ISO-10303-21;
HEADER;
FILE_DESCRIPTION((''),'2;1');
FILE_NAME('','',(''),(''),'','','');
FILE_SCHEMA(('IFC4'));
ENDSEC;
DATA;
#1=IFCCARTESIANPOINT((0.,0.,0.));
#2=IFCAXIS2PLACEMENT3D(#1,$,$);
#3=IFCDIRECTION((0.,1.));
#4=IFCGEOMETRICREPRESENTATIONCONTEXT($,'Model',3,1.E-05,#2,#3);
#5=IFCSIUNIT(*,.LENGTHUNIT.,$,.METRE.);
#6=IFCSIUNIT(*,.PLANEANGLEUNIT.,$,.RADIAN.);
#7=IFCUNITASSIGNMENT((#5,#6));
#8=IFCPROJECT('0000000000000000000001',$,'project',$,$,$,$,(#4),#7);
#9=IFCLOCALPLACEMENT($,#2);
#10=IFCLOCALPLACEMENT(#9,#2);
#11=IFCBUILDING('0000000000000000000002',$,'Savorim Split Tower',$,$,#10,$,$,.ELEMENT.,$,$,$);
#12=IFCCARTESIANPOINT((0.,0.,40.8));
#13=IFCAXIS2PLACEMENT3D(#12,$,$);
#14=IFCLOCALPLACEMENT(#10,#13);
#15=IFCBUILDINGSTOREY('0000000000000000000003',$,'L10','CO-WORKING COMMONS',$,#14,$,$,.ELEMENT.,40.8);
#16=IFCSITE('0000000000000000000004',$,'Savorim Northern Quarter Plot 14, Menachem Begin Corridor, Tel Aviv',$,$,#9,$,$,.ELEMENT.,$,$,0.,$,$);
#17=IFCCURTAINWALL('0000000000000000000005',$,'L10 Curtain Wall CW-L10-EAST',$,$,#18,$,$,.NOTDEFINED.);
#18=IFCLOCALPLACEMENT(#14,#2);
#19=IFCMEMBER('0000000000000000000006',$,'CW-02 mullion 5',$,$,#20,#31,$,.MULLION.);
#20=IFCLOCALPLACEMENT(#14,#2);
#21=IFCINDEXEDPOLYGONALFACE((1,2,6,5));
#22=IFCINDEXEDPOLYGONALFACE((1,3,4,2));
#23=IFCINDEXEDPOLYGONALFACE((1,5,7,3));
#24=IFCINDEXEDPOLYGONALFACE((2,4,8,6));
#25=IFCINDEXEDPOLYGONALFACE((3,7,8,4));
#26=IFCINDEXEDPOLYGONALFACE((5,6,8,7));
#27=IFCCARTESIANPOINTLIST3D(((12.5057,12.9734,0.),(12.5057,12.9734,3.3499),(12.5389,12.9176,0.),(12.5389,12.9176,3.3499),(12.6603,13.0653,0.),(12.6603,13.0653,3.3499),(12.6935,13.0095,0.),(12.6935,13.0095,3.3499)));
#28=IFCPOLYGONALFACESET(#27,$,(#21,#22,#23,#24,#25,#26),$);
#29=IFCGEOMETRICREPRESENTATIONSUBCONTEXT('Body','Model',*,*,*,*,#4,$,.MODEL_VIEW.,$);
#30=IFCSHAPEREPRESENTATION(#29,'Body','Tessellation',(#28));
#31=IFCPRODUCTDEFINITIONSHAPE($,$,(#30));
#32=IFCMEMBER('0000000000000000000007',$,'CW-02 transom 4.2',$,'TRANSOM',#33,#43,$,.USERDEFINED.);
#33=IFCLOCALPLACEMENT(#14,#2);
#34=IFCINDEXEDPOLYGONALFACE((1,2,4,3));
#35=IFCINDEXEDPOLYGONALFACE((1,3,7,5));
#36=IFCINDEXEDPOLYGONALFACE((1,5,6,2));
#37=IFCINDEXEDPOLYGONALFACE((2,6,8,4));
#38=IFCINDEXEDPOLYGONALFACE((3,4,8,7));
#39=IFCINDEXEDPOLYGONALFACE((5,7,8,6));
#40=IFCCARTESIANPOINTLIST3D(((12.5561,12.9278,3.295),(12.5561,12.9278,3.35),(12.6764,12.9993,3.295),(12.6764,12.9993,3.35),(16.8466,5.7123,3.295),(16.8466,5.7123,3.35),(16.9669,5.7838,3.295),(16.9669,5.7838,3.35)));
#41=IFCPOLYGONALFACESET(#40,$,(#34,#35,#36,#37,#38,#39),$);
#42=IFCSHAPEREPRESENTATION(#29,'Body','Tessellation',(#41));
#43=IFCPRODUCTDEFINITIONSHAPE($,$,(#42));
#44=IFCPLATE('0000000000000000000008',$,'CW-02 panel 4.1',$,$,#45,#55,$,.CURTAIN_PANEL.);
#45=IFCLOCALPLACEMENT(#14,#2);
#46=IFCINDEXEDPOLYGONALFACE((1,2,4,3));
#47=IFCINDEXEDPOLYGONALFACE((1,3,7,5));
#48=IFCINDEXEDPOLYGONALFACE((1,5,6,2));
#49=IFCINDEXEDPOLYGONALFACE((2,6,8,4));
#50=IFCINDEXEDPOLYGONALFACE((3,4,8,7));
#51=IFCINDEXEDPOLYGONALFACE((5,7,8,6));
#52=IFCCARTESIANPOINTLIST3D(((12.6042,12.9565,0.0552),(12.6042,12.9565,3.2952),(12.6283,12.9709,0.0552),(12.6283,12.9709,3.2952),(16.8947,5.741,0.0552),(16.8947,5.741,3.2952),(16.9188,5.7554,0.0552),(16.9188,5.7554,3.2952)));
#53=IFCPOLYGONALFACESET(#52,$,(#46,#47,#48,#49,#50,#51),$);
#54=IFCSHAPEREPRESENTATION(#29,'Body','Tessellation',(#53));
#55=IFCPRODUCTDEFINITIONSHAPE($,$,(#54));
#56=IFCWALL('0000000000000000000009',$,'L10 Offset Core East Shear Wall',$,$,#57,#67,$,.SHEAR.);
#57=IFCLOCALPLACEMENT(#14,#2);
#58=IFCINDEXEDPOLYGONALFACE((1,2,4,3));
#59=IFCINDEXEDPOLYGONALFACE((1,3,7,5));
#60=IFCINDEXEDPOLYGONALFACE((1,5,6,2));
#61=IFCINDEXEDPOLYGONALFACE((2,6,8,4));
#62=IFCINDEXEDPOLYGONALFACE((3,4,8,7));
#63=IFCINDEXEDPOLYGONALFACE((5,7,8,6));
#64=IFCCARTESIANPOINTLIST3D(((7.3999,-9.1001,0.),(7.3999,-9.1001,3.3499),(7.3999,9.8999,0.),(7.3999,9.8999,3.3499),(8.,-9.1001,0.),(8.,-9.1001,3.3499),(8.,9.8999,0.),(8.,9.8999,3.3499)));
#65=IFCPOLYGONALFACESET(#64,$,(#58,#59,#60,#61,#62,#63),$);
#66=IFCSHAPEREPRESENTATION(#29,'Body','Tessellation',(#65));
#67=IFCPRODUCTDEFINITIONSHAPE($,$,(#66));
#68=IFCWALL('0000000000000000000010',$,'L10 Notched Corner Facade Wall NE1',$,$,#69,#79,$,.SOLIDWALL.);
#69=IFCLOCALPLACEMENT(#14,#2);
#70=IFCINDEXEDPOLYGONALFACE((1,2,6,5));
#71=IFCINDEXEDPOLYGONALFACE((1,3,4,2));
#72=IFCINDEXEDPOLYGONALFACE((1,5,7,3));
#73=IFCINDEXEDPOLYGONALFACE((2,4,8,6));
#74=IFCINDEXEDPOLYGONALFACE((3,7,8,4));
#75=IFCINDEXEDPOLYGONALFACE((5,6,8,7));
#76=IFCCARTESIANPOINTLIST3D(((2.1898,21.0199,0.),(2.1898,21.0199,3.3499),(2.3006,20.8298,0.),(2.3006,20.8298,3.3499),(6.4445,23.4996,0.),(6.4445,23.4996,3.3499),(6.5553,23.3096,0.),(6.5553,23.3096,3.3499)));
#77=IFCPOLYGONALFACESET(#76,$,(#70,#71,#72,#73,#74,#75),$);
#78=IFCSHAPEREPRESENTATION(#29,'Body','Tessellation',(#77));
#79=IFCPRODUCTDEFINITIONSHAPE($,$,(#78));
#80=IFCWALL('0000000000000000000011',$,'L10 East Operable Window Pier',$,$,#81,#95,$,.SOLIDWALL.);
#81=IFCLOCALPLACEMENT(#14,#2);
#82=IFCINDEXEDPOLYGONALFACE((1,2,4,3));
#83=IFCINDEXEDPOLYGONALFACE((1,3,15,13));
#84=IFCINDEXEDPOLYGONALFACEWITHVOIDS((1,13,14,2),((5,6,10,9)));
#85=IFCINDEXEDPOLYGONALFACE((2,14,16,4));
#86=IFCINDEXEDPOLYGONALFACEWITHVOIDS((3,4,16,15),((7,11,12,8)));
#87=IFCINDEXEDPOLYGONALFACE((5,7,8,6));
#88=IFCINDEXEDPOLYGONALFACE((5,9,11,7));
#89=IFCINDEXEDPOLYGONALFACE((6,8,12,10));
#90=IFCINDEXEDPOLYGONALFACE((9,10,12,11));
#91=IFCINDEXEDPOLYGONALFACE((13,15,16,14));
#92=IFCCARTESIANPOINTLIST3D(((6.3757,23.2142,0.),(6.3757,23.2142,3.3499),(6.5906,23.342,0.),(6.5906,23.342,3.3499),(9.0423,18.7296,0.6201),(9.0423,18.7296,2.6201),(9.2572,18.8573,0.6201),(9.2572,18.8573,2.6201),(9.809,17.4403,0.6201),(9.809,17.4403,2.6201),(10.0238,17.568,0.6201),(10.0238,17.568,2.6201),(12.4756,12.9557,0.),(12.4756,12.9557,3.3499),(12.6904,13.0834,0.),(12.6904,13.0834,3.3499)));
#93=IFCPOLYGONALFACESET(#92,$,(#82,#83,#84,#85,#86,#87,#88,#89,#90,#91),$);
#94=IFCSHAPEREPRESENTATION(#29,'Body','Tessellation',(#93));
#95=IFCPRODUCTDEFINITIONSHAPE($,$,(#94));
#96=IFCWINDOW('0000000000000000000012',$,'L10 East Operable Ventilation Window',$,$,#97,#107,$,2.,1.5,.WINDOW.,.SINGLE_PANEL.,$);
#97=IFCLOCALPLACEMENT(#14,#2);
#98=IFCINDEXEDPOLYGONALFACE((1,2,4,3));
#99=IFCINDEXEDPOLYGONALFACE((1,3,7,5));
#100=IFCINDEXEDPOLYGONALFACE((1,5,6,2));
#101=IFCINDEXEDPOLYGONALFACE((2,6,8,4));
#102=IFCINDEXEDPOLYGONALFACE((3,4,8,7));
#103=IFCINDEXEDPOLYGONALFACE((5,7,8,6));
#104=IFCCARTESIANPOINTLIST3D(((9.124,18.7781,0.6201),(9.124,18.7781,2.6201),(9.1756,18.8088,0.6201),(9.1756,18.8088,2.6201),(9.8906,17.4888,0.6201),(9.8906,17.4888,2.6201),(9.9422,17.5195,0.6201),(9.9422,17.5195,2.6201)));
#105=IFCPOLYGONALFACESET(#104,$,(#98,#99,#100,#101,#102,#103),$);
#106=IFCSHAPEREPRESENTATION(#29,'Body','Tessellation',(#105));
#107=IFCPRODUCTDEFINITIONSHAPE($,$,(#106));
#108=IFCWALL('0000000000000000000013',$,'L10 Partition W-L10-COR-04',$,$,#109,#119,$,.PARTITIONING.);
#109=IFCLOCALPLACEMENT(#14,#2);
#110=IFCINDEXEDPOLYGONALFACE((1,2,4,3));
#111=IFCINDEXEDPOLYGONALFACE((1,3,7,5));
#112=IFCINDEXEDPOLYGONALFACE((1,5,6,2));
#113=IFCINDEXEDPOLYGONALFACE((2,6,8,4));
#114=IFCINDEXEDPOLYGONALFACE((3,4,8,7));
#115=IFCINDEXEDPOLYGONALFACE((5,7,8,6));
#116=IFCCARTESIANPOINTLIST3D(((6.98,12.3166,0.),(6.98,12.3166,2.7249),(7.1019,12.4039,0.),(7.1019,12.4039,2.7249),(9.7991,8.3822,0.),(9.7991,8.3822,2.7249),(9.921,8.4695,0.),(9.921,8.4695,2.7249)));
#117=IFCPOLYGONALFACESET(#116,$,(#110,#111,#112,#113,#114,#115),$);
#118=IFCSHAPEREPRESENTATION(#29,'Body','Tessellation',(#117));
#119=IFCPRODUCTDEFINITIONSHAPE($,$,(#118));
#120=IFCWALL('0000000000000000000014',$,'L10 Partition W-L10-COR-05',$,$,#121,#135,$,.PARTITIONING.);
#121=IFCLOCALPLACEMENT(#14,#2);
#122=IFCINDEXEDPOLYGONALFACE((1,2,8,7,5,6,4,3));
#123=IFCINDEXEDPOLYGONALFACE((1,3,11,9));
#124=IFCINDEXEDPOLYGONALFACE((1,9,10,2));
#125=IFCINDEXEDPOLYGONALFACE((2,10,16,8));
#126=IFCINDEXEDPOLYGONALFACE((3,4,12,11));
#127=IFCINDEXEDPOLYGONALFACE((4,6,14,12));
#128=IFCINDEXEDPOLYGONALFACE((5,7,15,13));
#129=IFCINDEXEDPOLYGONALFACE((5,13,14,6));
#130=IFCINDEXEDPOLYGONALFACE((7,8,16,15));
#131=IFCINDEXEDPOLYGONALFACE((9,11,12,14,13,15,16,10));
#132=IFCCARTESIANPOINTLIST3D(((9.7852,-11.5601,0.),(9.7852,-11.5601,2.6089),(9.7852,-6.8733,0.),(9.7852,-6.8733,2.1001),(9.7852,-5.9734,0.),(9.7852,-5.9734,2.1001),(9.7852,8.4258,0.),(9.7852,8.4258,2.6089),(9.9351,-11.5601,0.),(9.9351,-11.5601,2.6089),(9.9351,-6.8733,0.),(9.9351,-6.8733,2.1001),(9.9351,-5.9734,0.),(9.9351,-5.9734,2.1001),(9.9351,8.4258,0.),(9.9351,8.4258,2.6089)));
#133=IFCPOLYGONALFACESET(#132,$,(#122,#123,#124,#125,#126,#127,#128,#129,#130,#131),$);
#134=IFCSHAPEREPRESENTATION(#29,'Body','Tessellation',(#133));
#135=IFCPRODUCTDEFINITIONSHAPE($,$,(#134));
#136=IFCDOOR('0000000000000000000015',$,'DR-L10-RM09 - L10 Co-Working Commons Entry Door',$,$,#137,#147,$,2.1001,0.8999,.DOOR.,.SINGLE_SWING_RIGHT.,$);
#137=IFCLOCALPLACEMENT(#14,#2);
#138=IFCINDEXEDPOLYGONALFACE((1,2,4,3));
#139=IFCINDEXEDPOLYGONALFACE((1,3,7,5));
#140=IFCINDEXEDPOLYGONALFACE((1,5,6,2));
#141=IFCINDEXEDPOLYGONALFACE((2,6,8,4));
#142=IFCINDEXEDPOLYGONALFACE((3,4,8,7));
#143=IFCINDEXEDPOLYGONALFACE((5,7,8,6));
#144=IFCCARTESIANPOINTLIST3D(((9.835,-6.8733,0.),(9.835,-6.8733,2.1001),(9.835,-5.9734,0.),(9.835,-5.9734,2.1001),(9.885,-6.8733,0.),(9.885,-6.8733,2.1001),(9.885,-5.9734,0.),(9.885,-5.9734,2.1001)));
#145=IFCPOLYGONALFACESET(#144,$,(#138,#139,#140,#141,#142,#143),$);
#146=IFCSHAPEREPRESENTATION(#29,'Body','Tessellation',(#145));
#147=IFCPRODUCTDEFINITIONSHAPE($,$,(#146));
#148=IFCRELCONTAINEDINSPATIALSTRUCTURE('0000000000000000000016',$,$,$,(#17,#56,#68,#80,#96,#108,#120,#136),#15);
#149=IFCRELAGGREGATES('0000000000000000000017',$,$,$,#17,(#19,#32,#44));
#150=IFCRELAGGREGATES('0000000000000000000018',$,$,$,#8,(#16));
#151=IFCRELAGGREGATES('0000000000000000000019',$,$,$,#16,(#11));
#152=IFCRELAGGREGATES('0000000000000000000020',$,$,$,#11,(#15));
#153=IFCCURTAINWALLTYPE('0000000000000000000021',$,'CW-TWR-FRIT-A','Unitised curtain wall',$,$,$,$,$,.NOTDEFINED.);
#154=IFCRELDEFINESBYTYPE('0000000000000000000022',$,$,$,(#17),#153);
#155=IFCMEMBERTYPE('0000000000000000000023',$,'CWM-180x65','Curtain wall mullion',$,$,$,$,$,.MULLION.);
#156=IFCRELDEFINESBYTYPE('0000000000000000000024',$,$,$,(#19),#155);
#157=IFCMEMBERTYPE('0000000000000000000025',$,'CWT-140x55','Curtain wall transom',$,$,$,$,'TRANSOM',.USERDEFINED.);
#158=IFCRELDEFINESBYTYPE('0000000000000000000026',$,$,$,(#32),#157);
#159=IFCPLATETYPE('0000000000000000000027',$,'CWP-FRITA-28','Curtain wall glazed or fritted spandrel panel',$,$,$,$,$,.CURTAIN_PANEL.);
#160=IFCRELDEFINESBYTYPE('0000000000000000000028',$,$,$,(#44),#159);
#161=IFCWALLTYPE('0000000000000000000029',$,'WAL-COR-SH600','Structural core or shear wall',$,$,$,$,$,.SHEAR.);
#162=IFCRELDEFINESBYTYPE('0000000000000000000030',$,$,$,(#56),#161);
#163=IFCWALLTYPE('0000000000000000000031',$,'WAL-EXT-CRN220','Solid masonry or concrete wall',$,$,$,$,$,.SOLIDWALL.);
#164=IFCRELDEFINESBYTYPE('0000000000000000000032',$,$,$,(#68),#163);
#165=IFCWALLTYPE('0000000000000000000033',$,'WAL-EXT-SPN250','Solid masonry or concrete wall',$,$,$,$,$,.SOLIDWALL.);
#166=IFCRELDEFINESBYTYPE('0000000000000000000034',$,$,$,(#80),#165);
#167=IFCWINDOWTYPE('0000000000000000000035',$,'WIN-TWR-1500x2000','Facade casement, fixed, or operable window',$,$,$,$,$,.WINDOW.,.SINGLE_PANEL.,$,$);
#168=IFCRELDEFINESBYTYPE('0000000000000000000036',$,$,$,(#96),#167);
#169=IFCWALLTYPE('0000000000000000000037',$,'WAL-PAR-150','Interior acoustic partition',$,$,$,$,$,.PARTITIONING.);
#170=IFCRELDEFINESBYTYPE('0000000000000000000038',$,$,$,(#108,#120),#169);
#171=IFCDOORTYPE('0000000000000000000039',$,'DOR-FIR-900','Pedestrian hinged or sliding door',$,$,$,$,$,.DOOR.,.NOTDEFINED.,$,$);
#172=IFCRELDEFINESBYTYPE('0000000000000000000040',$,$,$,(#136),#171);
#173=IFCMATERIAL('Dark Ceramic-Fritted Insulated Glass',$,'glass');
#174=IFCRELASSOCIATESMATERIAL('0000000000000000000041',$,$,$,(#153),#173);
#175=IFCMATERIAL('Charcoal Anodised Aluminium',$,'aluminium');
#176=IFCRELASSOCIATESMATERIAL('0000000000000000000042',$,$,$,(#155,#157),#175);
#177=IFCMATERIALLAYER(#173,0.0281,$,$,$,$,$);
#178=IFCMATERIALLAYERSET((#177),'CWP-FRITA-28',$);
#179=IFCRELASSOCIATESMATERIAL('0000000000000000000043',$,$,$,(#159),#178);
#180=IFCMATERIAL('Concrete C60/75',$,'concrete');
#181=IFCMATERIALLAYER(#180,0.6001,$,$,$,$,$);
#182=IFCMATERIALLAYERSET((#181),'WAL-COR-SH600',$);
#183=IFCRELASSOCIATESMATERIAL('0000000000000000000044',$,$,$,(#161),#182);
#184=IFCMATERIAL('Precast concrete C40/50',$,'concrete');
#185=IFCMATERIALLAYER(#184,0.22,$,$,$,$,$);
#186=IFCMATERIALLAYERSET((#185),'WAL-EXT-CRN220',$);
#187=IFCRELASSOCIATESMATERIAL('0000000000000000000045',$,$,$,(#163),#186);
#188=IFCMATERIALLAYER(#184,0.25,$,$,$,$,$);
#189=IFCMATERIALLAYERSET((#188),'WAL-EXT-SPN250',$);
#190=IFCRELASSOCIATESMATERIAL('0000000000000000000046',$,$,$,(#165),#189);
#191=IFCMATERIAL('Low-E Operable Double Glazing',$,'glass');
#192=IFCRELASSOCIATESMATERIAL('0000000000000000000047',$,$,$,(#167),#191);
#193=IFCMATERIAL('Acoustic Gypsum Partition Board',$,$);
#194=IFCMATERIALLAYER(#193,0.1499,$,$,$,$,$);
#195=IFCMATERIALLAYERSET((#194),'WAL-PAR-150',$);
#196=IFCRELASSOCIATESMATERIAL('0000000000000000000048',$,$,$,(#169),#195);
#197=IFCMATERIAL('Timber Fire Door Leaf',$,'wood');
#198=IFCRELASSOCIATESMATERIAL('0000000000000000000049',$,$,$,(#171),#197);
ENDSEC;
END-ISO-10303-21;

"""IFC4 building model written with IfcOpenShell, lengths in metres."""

from ifc_helpers import new_model, si_unit, direction, frame, frame_2d, origin, origin_2d, place, context, subcontext, project, spatial, rectangle, extrude, material, layer, layer_set, material_profile, profile_set, type_object, element, fill, aggregate, save


model = new_model("IFC4")

# Units and contexts
model_context = context("Model", 3, precision=1e-05, world=origin(), true_north=direction((0.0, 1.0)))
body_context = subcontext(model_context, "Body", "Model", "MODEL_VIEW")
ifc_project = project(units=[si_unit("LENGTHUNIT", "METRE"), si_unit("PLANEANGLEUNIT", "RADIAN")], contexts=[model_context])

# Site, building, storey
site_placement = place(None, origin())
site = spatial("IfcSite", under=ifc_project, at=site_placement, Name="Savorim Northern Quarter Plot 14, Menachem Begin Corridor, Tel Aviv", CompositionType="ELEMENT", RefElevation=0.0)
building_placement = place(site_placement, origin())
building = spatial("IfcBuilding", under=site, at=building_placement, Name="Savorim Split Tower", CompositionType="ELEMENT")
storey_placement = place(building_placement, frame((0.0, 0.0, 40.8)))
storey = spatial("IfcBuildingStorey", under=building, at=storey_placement, Name="L10", Description="CO-WORKING COMMONS", CompositionType="ELEMENT", Elevation=40.8)

# Curtain wall, members, plate
ifc_material_1 = material(Name="Dark Ceramic-Fritted Insulated Glass", Category="glass")
curtain_wall_type = type_object("IfcCurtainWallType", Name="CW-TWR-FRIT-A", Description="Unitised curtain wall", PredefinedType="NOTDEFINED", material=ifc_material_1)
curtain_wall_placement = place(storey_placement, origin())
curtain_wall = element("IfcCurtainWall", 1, at=curtain_wall_placement, inside=storey, type_object=curtain_wall_type, Name="L10 Curtain Wall CW-L10-EAST", PredefinedType="NOTDEFINED")
ifc_material_2 = material(Name="Charcoal Anodised Aluminium", Category="aluminium")
ifc_material_profile_1 = material_profile(ifc_material_2, rectangle(XDim=0.1799, YDim=0.0649, at=origin_2d()), Name="ALU-M 180x65")
ifc_profile_set_1 = profile_set([ifc_material_profile_1], Name="Charcoal Anodised Aluminium")
member_type_1 = type_object("IfcMemberType", Name="CWM-180x65", Description="Curtain wall mullion", PredefinedType="MULLION", material=ifc_profile_set_1)
member_1_placement = place(storey_placement, frame((12.5996, 12.9915, 0.0), z_axis=(0.0, 0.0, 1.0), x_axis=(-0.859526, -0.511092, 0.0)))
member_1 = element("IfcMember", 2, at=member_1_placement, type_object=member_type_1, Name="CW-02 mullion 5", PredefinedType="MULLION", context=body_context, shape_type="SweptSolid", body=[
    extrude(rectangle(XDim=0.1799, YDim=0.0649, at=origin_2d()), origin(), (0.0, 0.0, 1.0), 3.3499),
])
ifc_material_profile_2 = material_profile(ifc_material_2, rectangle(XDim=0.1399, YDim=0.0549, at=origin_2d()), Name="ALU-T 140x55")
ifc_profile_set_2 = profile_set([ifc_material_profile_2], Name="Charcoal Anodised Aluminium")
member_type_2 = type_object("IfcMemberType", Name="CWT-140x55", Description="Curtain wall transom", ElementType="TRANSOM", PredefinedType="USERDEFINED", material=ifc_profile_set_2)
member_2_placement = place(storey_placement, frame((16.9067, 5.748, 3.3225), z_axis=(-0.511092, 0.859526, 0.0), x_axis=(-0.859526, -0.511092, 0.0)))
member_2 = element("IfcMember", 3, at=member_2_placement, type_object=member_type_2, Name="CW-02 transom 4.2", ObjectType="TRANSOM", PredefinedType="USERDEFINED", context=body_context, shape_type="SweptSolid", body=[
    extrude(rectangle(XDim=0.1399, YDim=0.0549, at=origin_2d()), origin(), (0.0, 0.0, 1.0), 8.3948),
])
ifc_layer_1 = layer(ifc_material_1, 0.0281)
ifc_layer_set_1 = layer_set([ifc_layer_1], Name="CWP-FRITA-28")
plate_type = type_object("IfcPlateType", Name="CWP-FRITA-28", Description="Curtain wall glazed or fritted spandrel panel", PredefinedType="CURTAIN_PANEL", material=ifc_layer_set_1)
plate_placement = place(storey_placement, frame((14.7615, 9.356, 0.0552), z_axis=(0.0, 0.0, 1.0), x_axis=(-0.511092, 0.859526, 0.0)))
plate = element("IfcPlate", 4, at=plate_placement, type_object=plate_type, Name="CW-02 panel 4.1", PredefinedType="CURTAIN_PANEL", context=body_context, shape_type="SweptSolid", body=[
    extrude(rectangle(XDim=8.3948, YDim=0.0281, at=origin_2d()), origin(), (0.0, 0.0, 1.0), 3.24),
])
aggregate(curtain_wall, [member_1, member_2, plate])

# Shared definitions
ifc_material_3 = material(Name="Concrete C60/75", Category="concrete")
ifc_layer_2 = layer(ifc_material_3, 0.6001)
ifc_layer_set_2 = layer_set([ifc_layer_2], Name="WAL-COR-SH600")
wall_type_1 = type_object("IfcWallType", Name="WAL-COR-SH600", Description="Structural core or shear wall", PredefinedType="SHEAR", material=ifc_layer_set_2)
ifc_material_4 = material(Name="Timber Fire Door Leaf", Category="wood")

# Walls
wall_1_placement = place(storey_placement, frame((7.7, 9.8999, 0.0), z_axis=(0.0, 0.0, 1.0), x_axis=(0.0, -1.0, 0.0)))
element("IfcWall", 5, at=wall_1_placement, inside=storey, type_object=wall_type_1, Name="L10 Offset Core East Shear Wall", PredefinedType="SHEAR", context=body_context, shape_type="SweptSolid", body=[
    extrude(rectangle(XDim=19.0, YDim=0.6001, at=frame_2d((9.5, 0.0))), origin(), (0.0, 0.0, 1.0), 3.3499),
])
ifc_material_5 = material(Name="Precast concrete C40/50", Category="concrete")
ifc_layer_3 = layer(ifc_material_5, 0.22)
ifc_layer_set_3 = layer_set([ifc_layer_3], Name="WAL-EXT-CRN220")
wall_type_2 = type_object("IfcWallType", Name="WAL-EXT-CRN220", Description="Solid masonry or concrete wall", PredefinedType="SOLIDWALL", material=ifc_layer_set_3)
wall_2_placement = place(storey_placement, frame((2.2451, 20.9248, 0.0), z_axis=(0.0, 0.0, 1.0), x_axis=(0.863968, 0.503547, 0.0)))
element("IfcWall", 6, at=wall_2_placement, inside=storey, type_object=wall_type_2, Name="L10 Notched Corner Facade Wall NE1", PredefinedType="SOLIDWALL", context=body_context, shape_type="SweptSolid", body=[
    extrude(rectangle(XDim=4.9246, YDim=0.22, at=frame_2d((2.4624, 0.0))), origin(), (0.0, 0.0, 1.0), 3.3499),
])

# Wall, opening, window
ifc_layer_4 = layer(ifc_material_5, 0.25)
ifc_layer_set_4 = layer_set([ifc_layer_4], Name="WAL-EXT-SPN250")
wall_type_3 = type_object("IfcWallType", Name="WAL-EXT-SPN250", Description="Solid masonry or concrete wall", PredefinedType="SOLIDWALL", material=ifc_layer_set_4)
wall_3_placement = place(storey_placement, frame((6.4832, 23.2781, 0.0), z_axis=(0.0, 0.0, 1.0), x_axis=(0.511086, -0.859529, 0.0)))
wall_3 = element("IfcWall", 7, at=wall_3_placement, inside=storey, type_object=wall_type_3, Name="L10 East Operable Window Pier", PredefinedType="SOLIDWALL", context=body_context, shape_type="SweptSolid", body=[
    extrude(rectangle(XDim=11.9351, YDim=0.25, at=frame_2d((5.9675, 0.0))), origin(), (0.0, 0.0, 1.0), 3.3499),
])
opening_1_placement = place(wall_3_placement, frame((5.2175, 0.0, 0.6201)))
opening_1 = element("IfcOpeningElement", 8, at=opening_1_placement, cuts=wall_3, PredefinedType="OPENING", context=body_context, shape_type="SweptSolid", body=[
    extrude(rectangle(XDim=1.5, YDim=2.0, at=frame_2d((0.75, 1.0))), frame((0.0, 0.135, 0.0), z_axis=(0.0, -1.0, 0.0), x_axis=(1.0, 0.0, 0.0)), (0.0, 0.0, 1.0), 0.27),
])
ifc_material_6 = material(Name="Low-E Operable Double Glazing", Category="glass")
window_type = type_object("IfcWindowType", Name="WIN-TWR-1500x2000", Description="Facade casement, fixed, or operable window", PartitioningType="SINGLE_PANEL", PredefinedType="WINDOW", material=ifc_material_6)
window_placement = place(opening_1_placement, origin())
window = element("IfcWindow", 9, at=window_placement, inside=storey, type_object=window_type, Name="L10 East Operable Ventilation Window", OverallHeight=2.0, OverallWidth=1.5, PartitioningType="SINGLE_PANEL", PredefinedType="WINDOW", context=body_context, shape_type="SweptSolid", body=[
    extrude(rectangle(XDim=1.5, YDim=2.0, at=frame_2d((0.75, 1.0))), frame((0.0, 0.03, 0.0), z_axis=(0.0, -1.0, 0.0), x_axis=(1.0, 0.0, 0.0)), (0.0, 0.0, 1.0), 0.0601),
])
fill(opening_1, window)

# Wall
ifc_material_7 = material(Name="Acoustic Gypsum Partition Board")
ifc_layer_5 = layer(ifc_material_7, 0.1499)
ifc_layer_set_5 = layer_set([ifc_layer_5], Name="WAL-PAR-150")
wall_type_4 = type_object("IfcWallType", Name="WAL-PAR-150", Description="Interior acoustic partition", PredefinedType="PARTITIONING", material=ifc_layer_set_5)
wall_4_placement = place(storey_placement, frame((7.041, 12.3601, 0.0), z_axis=(0.0, 0.0, 1.0), x_axis=(0.58245, -0.812867, 0.0)))
element("IfcWall", 10, at=wall_4_placement, inside=storey, type_object=wall_type_4, Name="L10 Partition W-L10-COR-04", PredefinedType="PARTITIONING", context=body_context, shape_type="SweptSolid", body=[
    extrude(rectangle(XDim=4.8401, YDim=0.1499, at=frame_2d((2.4199, 0.0))), origin(), (0.0, 0.0, 1.0), 2.7249),
])

# Wall, opening, door
wall_5_placement = place(storey_placement, frame((9.8601, 8.4258, 0.0), z_axis=(0.0, 0.0, 1.0), x_axis=(0.0, -1.0, 0.0)))
wall_5 = element("IfcWall", 11, at=wall_5_placement, inside=storey, type_object=wall_type_4, Name="L10 Partition W-L10-COR-05", PredefinedType="PARTITIONING", context=body_context, shape_type="SweptSolid", body=[
    extrude(rectangle(XDim=19.9858, YDim=0.1499, at=frame_2d((9.9929, 0.0))), origin(), (0.0, 0.0, 1.0), 2.6089),
])
opening_2_placement = place(wall_5_placement, frame((14.3992, 0.0, 0.0)))
opening_2 = element("IfcOpeningElement", 12, at=opening_2_placement, cuts=wall_5, PredefinedType="OPENING", context=body_context, shape_type="SweptSolid", body=[
    extrude(rectangle(XDim=0.8999, YDim=2.1001, at=frame_2d((0.45, 1.05))), frame((0.0, 0.085, 0.0), z_axis=(0.0, -1.0, 0.0), x_axis=(1.0, 0.0, 0.0)), (0.0, 0.0, 1.0), 0.1699),
])
door_type_1 = type_object("IfcDoorType", Name="DOR-FIR-900", Description="Pedestrian hinged or sliding door", OperationType="NOTDEFINED", PredefinedType="DOOR", material=ifc_material_4)
door_1_placement = place(opening_2_placement, origin())
door_1 = element("IfcDoor", 13, at=door_1_placement, inside=storey, type_object=door_type_1, Name="DR-L10-RM09 - L10 Co-Working Commons Entry Door", OperationType="SINGLE_SWING_RIGHT", OverallHeight=2.1001, OverallWidth=0.8999, PredefinedType="DOOR", context=body_context, shape_type="SweptSolid", body=[
    extrude(rectangle(XDim=0.8999, YDim=2.1001, at=frame_2d((0.45, 1.05))), frame((0.0, 0.0249, 0.0), z_axis=(0.0, -1.0, 0.0), x_axis=(1.0, 0.0, 0.0)), (0.0, 0.0, 1.0), 0.05),
])
fill(opening_2, door_1)

save(model, "model.ifc")
